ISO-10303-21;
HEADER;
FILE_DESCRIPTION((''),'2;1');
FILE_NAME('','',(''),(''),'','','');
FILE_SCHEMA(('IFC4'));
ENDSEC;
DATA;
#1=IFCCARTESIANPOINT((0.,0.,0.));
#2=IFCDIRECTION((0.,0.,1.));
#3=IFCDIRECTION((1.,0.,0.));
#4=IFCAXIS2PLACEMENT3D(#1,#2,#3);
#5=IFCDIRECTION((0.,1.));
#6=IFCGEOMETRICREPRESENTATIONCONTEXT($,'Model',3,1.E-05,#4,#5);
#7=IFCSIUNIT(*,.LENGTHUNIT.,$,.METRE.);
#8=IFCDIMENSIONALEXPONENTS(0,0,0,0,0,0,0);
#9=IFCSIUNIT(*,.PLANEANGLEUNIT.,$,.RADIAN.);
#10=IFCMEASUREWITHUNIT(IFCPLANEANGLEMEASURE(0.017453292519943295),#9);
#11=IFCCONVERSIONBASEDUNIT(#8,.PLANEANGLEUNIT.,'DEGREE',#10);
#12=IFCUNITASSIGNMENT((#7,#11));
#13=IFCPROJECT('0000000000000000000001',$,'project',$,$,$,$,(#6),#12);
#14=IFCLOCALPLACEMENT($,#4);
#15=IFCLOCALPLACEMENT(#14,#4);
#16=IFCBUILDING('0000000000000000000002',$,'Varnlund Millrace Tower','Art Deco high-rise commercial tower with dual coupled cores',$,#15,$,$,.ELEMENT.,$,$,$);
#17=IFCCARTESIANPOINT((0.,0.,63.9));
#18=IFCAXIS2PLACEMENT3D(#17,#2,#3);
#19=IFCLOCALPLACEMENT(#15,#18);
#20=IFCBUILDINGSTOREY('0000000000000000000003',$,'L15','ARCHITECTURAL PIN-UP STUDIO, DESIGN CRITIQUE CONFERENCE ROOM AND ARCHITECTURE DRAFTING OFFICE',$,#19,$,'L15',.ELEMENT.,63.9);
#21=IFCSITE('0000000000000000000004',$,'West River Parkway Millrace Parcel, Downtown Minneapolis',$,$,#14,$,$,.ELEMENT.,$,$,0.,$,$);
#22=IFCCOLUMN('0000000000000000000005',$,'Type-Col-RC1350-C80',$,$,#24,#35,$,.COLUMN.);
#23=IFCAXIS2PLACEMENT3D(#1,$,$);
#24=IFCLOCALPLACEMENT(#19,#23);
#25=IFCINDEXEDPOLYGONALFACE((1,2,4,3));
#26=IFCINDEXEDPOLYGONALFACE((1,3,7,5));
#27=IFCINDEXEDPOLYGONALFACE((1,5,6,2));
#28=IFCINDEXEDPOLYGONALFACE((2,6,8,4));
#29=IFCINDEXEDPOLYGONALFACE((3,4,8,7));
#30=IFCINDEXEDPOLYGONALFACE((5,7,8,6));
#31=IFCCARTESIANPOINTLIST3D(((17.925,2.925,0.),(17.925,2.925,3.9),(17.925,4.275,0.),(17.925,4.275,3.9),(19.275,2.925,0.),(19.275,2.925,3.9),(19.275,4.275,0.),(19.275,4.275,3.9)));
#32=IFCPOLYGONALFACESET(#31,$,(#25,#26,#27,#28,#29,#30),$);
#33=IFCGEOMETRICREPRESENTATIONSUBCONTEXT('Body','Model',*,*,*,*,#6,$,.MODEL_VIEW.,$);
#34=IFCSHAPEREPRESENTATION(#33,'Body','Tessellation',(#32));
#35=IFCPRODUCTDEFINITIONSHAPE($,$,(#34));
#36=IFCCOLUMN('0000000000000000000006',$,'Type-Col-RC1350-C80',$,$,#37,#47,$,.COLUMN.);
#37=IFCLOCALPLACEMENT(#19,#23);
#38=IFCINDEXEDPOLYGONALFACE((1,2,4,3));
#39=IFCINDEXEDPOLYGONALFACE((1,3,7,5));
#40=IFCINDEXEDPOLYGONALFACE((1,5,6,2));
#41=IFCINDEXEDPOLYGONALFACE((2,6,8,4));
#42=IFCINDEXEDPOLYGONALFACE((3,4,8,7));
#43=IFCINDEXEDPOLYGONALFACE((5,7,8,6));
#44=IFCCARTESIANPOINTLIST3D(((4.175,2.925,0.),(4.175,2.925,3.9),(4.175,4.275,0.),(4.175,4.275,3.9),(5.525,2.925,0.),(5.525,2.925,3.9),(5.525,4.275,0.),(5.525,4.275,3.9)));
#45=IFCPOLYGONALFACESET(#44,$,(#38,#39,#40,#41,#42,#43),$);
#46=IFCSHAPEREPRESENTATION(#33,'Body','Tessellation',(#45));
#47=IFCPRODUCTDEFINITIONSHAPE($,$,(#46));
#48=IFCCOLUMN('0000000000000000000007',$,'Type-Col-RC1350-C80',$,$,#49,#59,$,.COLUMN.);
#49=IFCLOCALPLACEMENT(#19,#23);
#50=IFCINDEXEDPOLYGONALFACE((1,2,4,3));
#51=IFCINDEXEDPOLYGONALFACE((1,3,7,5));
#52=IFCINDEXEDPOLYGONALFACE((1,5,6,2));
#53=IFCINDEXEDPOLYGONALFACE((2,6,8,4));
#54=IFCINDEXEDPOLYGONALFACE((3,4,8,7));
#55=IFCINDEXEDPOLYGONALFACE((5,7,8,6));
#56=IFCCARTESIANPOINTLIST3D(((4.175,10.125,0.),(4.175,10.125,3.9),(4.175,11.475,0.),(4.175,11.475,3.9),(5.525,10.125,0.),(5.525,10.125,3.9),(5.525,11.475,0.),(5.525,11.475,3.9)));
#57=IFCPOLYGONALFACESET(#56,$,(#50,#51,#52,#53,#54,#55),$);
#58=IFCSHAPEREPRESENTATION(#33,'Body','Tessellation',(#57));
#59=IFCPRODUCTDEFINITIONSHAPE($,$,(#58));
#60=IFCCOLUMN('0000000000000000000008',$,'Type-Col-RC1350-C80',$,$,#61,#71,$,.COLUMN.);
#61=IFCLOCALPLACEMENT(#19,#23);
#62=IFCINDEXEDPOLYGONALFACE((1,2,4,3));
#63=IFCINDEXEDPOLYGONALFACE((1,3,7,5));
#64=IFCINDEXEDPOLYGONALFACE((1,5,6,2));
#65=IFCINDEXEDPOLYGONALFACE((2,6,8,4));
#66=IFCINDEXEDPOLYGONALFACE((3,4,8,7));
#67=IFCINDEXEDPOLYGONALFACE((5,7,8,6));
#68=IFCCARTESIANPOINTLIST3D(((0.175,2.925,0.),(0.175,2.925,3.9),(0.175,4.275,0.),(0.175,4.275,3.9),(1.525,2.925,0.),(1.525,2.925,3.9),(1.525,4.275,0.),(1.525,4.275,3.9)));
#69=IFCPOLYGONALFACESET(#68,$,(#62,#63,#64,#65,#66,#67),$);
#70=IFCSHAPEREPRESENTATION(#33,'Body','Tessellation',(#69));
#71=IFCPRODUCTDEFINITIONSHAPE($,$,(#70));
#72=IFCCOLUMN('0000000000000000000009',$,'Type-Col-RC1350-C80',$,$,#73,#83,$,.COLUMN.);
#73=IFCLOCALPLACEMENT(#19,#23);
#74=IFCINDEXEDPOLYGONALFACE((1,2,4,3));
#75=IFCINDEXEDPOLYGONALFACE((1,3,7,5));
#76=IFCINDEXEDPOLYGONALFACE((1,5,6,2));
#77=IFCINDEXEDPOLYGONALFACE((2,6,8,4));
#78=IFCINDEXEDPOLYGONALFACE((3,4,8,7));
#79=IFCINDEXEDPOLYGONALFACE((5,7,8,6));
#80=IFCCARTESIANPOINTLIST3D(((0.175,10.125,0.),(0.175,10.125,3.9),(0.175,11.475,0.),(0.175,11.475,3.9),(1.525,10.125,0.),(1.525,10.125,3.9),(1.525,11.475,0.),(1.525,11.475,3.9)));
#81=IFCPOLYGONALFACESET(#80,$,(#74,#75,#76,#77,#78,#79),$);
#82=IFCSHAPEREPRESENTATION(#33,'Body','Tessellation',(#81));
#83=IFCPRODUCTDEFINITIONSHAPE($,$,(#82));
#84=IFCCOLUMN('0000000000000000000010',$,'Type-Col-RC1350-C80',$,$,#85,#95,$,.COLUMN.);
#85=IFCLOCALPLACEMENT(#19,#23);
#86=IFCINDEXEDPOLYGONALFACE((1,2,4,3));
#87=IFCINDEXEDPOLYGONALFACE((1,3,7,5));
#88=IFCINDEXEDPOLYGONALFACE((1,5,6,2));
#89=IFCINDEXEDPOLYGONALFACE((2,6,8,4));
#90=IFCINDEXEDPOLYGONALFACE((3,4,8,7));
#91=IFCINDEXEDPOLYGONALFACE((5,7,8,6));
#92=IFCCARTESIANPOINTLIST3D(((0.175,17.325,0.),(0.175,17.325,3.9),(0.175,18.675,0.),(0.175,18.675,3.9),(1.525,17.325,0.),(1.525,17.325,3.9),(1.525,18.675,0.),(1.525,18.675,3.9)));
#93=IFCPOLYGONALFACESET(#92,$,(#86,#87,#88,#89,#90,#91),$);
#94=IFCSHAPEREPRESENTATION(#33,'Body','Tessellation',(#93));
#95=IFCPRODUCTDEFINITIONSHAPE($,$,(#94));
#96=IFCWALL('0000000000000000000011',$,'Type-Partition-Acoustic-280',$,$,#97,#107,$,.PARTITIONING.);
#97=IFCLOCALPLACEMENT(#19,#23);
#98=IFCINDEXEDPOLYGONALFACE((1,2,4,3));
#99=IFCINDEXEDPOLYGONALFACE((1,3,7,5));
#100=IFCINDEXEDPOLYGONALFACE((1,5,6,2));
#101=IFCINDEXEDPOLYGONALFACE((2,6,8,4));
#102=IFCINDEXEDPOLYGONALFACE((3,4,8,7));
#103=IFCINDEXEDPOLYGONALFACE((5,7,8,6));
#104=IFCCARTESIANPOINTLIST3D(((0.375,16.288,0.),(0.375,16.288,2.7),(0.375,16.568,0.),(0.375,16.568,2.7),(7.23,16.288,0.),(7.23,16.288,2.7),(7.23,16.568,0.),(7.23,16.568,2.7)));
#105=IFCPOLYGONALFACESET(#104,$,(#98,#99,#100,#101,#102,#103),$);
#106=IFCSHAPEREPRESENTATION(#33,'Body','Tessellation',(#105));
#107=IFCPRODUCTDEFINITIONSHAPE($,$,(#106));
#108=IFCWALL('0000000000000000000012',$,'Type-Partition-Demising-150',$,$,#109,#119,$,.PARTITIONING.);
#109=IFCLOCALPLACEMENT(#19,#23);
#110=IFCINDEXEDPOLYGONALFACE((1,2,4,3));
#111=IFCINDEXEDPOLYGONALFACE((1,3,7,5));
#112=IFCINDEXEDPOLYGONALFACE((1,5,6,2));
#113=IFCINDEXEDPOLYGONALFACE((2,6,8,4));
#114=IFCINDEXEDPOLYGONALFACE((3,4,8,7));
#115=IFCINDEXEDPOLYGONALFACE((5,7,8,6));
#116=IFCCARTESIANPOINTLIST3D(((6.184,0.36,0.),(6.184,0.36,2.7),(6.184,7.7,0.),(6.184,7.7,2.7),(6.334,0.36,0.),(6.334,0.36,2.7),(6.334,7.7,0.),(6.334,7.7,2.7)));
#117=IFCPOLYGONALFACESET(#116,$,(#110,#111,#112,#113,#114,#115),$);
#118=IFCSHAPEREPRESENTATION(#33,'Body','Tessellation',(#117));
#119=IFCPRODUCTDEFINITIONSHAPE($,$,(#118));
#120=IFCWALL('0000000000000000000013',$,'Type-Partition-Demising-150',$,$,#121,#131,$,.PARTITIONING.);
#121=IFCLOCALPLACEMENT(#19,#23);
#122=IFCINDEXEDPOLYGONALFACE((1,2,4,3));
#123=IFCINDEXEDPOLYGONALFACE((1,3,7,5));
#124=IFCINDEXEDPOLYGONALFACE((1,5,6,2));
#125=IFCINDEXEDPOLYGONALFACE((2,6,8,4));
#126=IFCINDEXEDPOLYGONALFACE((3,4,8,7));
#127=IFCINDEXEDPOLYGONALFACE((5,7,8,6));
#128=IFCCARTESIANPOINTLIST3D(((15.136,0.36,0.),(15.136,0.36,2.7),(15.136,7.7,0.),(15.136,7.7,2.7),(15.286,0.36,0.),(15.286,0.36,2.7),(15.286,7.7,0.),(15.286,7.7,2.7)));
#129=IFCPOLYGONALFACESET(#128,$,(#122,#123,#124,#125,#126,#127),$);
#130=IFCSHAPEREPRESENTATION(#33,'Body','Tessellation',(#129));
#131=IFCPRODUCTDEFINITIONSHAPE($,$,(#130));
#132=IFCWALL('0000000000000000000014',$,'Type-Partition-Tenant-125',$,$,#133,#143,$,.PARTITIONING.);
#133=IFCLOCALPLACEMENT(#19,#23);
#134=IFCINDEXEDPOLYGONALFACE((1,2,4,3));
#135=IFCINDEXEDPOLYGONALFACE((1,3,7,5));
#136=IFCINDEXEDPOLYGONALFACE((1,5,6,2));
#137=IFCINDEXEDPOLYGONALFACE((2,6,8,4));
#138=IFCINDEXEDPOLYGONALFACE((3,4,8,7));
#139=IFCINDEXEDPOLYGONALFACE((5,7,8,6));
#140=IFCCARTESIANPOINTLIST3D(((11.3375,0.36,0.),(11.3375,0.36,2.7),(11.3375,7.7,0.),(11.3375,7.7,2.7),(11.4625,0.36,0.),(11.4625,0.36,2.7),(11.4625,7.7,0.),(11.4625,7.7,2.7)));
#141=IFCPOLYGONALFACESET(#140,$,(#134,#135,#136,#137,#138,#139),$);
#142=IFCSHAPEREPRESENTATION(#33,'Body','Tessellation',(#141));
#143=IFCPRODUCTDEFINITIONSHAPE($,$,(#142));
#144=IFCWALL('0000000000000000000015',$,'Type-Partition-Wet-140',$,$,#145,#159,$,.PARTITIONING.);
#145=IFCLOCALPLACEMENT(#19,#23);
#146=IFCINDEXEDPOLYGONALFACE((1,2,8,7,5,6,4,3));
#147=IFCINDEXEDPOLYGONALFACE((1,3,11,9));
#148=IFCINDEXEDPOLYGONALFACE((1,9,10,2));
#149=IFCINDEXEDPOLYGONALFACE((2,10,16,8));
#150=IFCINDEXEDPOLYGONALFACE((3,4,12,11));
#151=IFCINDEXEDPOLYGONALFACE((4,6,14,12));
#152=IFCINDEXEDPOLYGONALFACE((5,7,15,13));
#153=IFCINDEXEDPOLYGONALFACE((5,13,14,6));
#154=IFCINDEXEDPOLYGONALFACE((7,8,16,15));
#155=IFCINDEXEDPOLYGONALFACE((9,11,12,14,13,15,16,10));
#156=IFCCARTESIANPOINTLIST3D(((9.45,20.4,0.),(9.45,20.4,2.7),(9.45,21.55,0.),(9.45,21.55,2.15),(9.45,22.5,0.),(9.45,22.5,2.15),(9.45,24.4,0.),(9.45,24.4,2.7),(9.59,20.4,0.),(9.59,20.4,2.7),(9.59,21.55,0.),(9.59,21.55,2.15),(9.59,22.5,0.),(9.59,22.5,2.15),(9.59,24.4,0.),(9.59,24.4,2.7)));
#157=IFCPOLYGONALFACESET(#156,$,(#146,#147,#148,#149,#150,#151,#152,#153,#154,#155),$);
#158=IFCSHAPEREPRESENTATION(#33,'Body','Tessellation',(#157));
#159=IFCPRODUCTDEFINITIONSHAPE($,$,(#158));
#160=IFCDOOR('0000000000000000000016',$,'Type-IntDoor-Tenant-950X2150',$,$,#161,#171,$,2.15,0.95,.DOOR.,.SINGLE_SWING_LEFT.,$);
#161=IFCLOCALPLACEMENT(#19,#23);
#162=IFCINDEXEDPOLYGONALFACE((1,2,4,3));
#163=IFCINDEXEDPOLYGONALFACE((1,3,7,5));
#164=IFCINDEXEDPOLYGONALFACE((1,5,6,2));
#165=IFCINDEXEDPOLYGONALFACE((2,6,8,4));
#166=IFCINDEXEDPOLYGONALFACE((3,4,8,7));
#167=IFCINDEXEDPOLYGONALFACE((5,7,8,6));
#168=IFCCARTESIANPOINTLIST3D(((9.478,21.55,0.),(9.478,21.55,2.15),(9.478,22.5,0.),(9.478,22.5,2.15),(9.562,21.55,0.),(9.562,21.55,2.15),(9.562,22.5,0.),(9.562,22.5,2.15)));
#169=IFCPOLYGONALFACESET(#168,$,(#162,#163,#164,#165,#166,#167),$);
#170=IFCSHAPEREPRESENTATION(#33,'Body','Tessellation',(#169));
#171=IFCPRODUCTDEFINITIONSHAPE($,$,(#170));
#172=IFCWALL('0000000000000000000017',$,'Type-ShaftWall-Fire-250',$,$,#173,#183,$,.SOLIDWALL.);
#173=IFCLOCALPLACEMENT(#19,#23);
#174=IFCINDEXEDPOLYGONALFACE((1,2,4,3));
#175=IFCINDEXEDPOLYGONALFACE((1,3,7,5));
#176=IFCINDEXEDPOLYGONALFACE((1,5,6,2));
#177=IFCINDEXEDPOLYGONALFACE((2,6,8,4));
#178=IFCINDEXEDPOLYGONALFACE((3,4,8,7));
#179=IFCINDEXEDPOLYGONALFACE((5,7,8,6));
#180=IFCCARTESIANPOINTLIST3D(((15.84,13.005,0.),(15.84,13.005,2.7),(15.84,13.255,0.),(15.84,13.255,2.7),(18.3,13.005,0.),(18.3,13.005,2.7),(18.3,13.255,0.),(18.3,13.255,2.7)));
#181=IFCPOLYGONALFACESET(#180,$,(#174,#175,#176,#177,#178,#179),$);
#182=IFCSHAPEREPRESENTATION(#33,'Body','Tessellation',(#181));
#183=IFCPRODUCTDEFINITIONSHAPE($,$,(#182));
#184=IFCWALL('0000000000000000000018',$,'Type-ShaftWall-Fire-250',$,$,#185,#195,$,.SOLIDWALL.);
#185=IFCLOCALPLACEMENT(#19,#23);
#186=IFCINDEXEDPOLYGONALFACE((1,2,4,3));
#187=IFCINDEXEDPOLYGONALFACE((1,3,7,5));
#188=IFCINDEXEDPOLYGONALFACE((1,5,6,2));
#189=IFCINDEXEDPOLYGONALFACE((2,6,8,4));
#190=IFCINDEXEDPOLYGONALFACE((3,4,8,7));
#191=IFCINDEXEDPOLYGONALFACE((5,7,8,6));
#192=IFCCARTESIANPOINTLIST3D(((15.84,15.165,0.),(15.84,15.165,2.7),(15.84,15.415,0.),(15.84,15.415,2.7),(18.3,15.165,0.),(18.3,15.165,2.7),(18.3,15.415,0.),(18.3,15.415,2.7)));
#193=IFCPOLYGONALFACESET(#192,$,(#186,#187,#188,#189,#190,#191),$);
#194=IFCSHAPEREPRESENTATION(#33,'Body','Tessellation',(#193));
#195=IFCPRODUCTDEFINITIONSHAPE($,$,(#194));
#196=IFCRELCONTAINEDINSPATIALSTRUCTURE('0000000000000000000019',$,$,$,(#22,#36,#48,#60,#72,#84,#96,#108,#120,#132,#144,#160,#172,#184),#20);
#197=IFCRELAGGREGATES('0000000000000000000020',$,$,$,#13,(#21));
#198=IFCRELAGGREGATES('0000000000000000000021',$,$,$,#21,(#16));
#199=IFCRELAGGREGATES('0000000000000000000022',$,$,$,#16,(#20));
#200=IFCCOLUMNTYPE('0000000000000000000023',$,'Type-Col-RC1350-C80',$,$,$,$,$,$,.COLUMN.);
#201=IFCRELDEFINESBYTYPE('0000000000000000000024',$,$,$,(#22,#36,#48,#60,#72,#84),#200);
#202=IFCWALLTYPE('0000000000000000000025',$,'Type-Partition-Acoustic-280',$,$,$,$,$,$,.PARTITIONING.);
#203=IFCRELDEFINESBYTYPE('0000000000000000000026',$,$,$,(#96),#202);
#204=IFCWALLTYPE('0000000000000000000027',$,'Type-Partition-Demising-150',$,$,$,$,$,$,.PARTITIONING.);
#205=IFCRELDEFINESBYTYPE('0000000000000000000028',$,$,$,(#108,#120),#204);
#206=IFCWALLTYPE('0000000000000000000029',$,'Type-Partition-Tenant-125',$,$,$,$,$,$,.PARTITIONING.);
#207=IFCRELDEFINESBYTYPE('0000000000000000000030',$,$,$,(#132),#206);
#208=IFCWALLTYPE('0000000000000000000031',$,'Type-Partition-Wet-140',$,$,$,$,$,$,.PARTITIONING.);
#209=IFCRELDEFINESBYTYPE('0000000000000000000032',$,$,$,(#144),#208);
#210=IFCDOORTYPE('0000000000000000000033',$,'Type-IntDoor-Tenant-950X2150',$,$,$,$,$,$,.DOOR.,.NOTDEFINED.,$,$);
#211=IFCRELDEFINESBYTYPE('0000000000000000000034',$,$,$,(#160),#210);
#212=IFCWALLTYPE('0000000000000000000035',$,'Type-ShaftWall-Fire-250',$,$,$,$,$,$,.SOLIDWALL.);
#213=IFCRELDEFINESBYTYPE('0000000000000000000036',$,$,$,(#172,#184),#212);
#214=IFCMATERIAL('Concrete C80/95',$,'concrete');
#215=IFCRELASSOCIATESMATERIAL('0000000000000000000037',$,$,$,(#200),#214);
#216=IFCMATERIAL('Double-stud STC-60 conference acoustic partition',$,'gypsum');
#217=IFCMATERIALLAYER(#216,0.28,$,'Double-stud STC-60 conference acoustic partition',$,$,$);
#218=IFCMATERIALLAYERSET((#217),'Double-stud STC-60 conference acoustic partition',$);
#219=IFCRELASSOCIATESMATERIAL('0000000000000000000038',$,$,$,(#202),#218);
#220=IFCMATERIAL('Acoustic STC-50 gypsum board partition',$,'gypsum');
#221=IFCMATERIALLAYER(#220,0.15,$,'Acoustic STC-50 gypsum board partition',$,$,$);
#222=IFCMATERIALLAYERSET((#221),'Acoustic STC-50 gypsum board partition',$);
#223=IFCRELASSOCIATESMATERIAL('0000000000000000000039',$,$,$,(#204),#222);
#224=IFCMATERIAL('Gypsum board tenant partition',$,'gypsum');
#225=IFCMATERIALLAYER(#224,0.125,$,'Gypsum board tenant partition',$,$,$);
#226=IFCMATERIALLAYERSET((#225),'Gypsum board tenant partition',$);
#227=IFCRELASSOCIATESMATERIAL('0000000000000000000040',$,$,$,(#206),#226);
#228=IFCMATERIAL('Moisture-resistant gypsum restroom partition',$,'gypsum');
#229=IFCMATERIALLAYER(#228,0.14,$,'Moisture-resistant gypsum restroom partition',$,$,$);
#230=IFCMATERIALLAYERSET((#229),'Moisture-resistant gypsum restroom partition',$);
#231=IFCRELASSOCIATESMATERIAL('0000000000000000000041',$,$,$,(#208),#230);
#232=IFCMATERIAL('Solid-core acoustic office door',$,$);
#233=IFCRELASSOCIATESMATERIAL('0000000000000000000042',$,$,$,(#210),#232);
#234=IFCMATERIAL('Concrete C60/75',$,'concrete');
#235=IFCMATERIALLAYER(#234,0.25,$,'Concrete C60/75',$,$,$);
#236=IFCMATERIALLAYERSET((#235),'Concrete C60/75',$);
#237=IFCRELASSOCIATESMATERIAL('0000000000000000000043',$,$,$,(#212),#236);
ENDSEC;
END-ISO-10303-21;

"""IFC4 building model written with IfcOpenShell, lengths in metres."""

from ifc_helpers import new_model, entity, si_unit, converted_unit, direction, frame, origin_with_axes, origin_2d_with_axis, place, context, subcontext, project, spatial, polyline, rectangle, outline, extrude, material, layer, layer_set, material_profile, profile_set, type_object, element, fill, save


model = new_model("IFC4")

# Units and contexts
model_context = context("Model", 3, precision=1e-05, world=origin_with_axes(), true_north=direction((0.0, 1.0)))
body_context = subcontext(model_context, "Body", "Model", "MODEL_VIEW")
ifc_project = project(units=[si_unit("LENGTHUNIT", "METRE"), converted_unit("PLANEANGLEUNIT", "DEGREE", entity("IfcPlaneAngleMeasure", 0.017453292519943295), si_unit("PLANEANGLEUNIT", "RADIAN"), dimensions=[0, 0, 0, 0, 0, 0, 0])], contexts=[model_context])

# Site, building, storey
site_placement = place(None, origin_with_axes())
site = spatial("IfcSite", under=ifc_project, at=site_placement, Name="West River Parkway Millrace Parcel, Downtown Minneapolis", CompositionType="ELEMENT", RefElevation=0.0)
building_placement = place(site_placement, origin_with_axes())
building = spatial("IfcBuilding", under=site, at=building_placement, Name="Varnlund Millrace Tower", Description="Art Deco high-rise commercial tower with dual coupled cores", CompositionType="ELEMENT")
storey_placement = place(building_placement, frame((0.0, 0.0, 63.9), z_axis=(0.0, 0.0, 1.0), x_axis=(1.0, 0.0, 0.0)))
storey = spatial("IfcBuildingStorey", under=building, at=storey_placement, Name="L15", Description="ARCHITECTURAL PIN-UP STUDIO, DESIGN CRITIQUE CONFERENCE ROOM AND ARCHITECTURE DRAFTING OFFICE", LongName="L15", CompositionType="ELEMENT", Elevation=63.9)

# Columns
ifc_material_1 = material(Name="Concrete C80/95", Category="concrete")
ifc_material_profile = material_profile(ifc_material_1, rectangle(XDim=1.35, YDim=1.35, at=origin_2d_with_axis()), Name="Concrete C80/95")
ifc_profile_set = profile_set([ifc_material_profile], Name="Concrete C80/95")
column_type = type_object("IfcColumnType", Name="Type-Col-RC1350-C80", PredefinedType="COLUMN", material=ifc_profile_set)
for number, where, z_axis, x_axis, name in (
    (1, (18.6, 3.6, 0.0), (0.0, 0.0, 1.0), (1.0, 0.0, 0.0), "Type-Col-RC1350-C80"),
    (2, (4.85, 3.6, 0.0), (0.0, 0.0, 1.0), (1.0, 0.0, 0.0), "Type-Col-RC1350-C80"),
    (3, (4.85, 10.8, 0.0), (0.0, 0.0, 1.0), (1.0, 0.0, 0.0), "Type-Col-RC1350-C80"),
    (4, (0.85, 3.6, 0.0), (0.0, 0.0, 1.0), (1.0, 0.0, 0.0), "Type-Col-RC1350-C80"),
    (5, (0.85, 10.8, 0.0), (0.0, 0.0, 1.0), (1.0, 0.0, 0.0), "Type-Col-RC1350-C80"),
    (6, (0.85, 18.0, 0.0), (0.0, 0.0, 1.0), (1.0, 0.0, 0.0), "Type-Col-RC1350-C80"),
):
    element("IfcColumn", number, at=place(storey_placement, frame(where, z_axis=z_axis, x_axis=x_axis)), inside=storey, type_object=column_type, Name=name, PredefinedType="COLUMN", context=body_context, shape_type="SweptSolid", body=[
        extrude(rectangle(XDim=1.35, YDim=1.35, at=origin_2d_with_axis()), origin_with_axes(), (0.0, 0.0, 1.0), 3.9),
    ])

# Wall
ifc_material_2 = material(Name="Double-stud STC-60 conference acoustic partition", Category="gypsum")
ifc_layer_1 = layer(ifc_material_2, 0.28, Name="Double-stud STC-60 conference acoustic partition")
ifc_layer_set_1 = layer_set([ifc_layer_1], Name="Double-stud STC-60 conference acoustic partition")
wall_type_1 = type_object("IfcWallType", Name="Type-Partition-Acoustic-280", PredefinedType="PARTITIONING", material=ifc_layer_set_1)
wall_1_placement = place(storey_placement, frame((0.375, 16.428, 0.0), z_axis=(0.0, 0.0, 1.0), x_axis=(1.0, 0.0, 0.0)))
element("IfcWall", 7, at=wall_1_placement, inside=storey, type_object=wall_type_1, Name="Type-Partition-Acoustic-280", PredefinedType="PARTITIONING", context=body_context, shape_type="SweptSolid", body=[
    extrude(outline(polyline([(0.0, -0.14), (6.855, -0.14), (6.855, 0.14), (0.0, 0.14), (0.0, -0.14)])), origin_with_axes(), (0.0, 0.0, 1.0), 2.7),
])

# Walls
ifc_material_3 = material(Name="Acoustic STC-50 gypsum board partition", Category="gypsum")
ifc_layer_2 = layer(ifc_material_3, 0.15, Name="Acoustic STC-50 gypsum board partition")
ifc_layer_set_2 = layer_set([ifc_layer_2], Name="Acoustic STC-50 gypsum board partition")
wall_type_2 = type_object("IfcWallType", Name="Type-Partition-Demising-150", PredefinedType="PARTITIONING", material=ifc_layer_set_2)
for number, where, z_axis, x_axis, name in (
    (8, (6.259, 0.36, 0.0), (0.0, 0.0, 1.0), (0.0, 1.0, 0.0), "Type-Partition-Demising-150"),
    (9, (15.211, 0.36, 0.0), (0.0, 0.0, 1.0), (0.0, 1.0, 0.0), "Type-Partition-Demising-150"),
):
    element("IfcWall", number, at=place(storey_placement, frame(where, z_axis=z_axis, x_axis=x_axis)), inside=storey, type_object=wall_type_2, Name=name, PredefinedType="PARTITIONING", context=body_context, shape_type="SweptSolid", body=[
        extrude(outline(polyline([(0.0, -0.075), (7.34, -0.075), (7.34, 0.075), (0.0, 0.075), (0.0, -0.075)])), origin_with_axes(), (0.0, 0.0, 1.0), 2.7),
    ])
ifc_material_4 = material(Name="Gypsum board tenant partition", Category="gypsum")
ifc_layer_3 = layer(ifc_material_4, 0.125, Name="Gypsum board tenant partition")
ifc_layer_set_3 = layer_set([ifc_layer_3], Name="Gypsum board tenant partition")
wall_type_3 = type_object("IfcWallType", Name="Type-Partition-Tenant-125", PredefinedType="PARTITIONING", material=ifc_layer_set_3)
wall_2_placement = place(storey_placement, frame((11.4, 0.36, 0.0), z_axis=(0.0, 0.0, 1.0), x_axis=(0.0, 1.0, 0.0)))
element("IfcWall", 10, at=wall_2_placement, inside=storey, type_object=wall_type_3, Name="Type-Partition-Tenant-125", PredefinedType="PARTITIONING", context=body_context, shape_type="SweptSolid", body=[
    extrude(outline(polyline([(0.0, -0.0625), (7.34, -0.0625), (7.34, 0.0625), (0.0, 0.0625), (0.0, -0.0625)])), origin_with_axes(), (0.0, 0.0, 1.0), 2.7),
])

# Wall, opening, door
ifc_material_5 = material(Name="Moisture-resistant gypsum restroom partition", Category="gypsum")
ifc_layer_4 = layer(ifc_material_5, 0.14, Name="Moisture-resistant gypsum restroom partition")
ifc_layer_set_4 = layer_set([ifc_layer_4], Name="Moisture-resistant gypsum restroom partition")
wall_type_4 = type_object("IfcWallType", Name="Type-Partition-Wet-140", PredefinedType="PARTITIONING", material=ifc_layer_set_4)
wall_3_placement = place(storey_placement, frame((9.52, 20.4, 0.0), z_axis=(0.0, 0.0, 1.0), x_axis=(0.0, 1.0, 0.0)))
wall_3 = element("IfcWall", 11, at=wall_3_placement, inside=storey, type_object=wall_type_4, Name="Type-Partition-Wet-140", PredefinedType="PARTITIONING", context=body_context, shape_type="SweptSolid", body=[
    extrude(outline(polyline([(0.0, -0.07), (4.0, -0.07), (4.0, 0.07), (0.0, 0.07), (0.0, -0.07)])), origin_with_axes(), (0.0, 0.0, 1.0), 2.7),
])
opening_1_placement = place(wall_3_placement, frame((1.625, 0.0, 0.0), z_axis=(0.0, 0.0, 1.0), x_axis=(1.0, 0.0, 0.0)))
opening_1 = element("IfcOpeningElement", 12, at=opening_1_placement, cuts=wall_3, PredefinedType="OPENING", context=body_context, shape_type="SweptSolid", body=[
    extrude(rectangle(XDim=0.95, YDim=0.16, at=origin_2d_with_axis()), origin_with_axes(), (0.0, 0.0, 1.0), 2.15),
])
ifc_material_6 = material(Name="Solid-core acoustic office door")
door_type_1 = type_object("IfcDoorType", Name="Type-IntDoor-Tenant-950X2150", OperationType="NOTDEFINED", PredefinedType="DOOR", material=ifc_material_6)
door_1_placement = place(wall_3_placement, frame((1.625, 0.0, 0.0), z_axis=(0.0, 0.0, 1.0), x_axis=(1.0, 0.0, 0.0)))
door_1 = element("IfcDoor", 13, at=door_1_placement, inside=storey, type_object=door_type_1, Name="Type-IntDoor-Tenant-950X2150", OperationType="SINGLE_SWING_LEFT", OverallHeight=2.15, OverallWidth=0.95, PredefinedType="DOOR", context=body_context, shape_type="SweptSolid", body=[
    extrude(rectangle(XDim=0.95, YDim=0.084, at=origin_2d_with_axis()), origin_with_axes(), (0.0, 0.0, 1.0), 2.15),
])
fill(opening_1, door_1)

# Walls
ifc_material_7 = material(Name="Concrete C60/75", Category="concrete")
ifc_layer_5 = layer(ifc_material_7, 0.25, Name="Concrete C60/75")
ifc_layer_set_5 = layer_set([ifc_layer_5], Name="Concrete C60/75")
wall_type_5 = type_object("IfcWallType", Name="Type-ShaftWall-Fire-250", PredefinedType="SOLIDWALL", material=ifc_layer_set_5)
for number, where, z_axis, x_axis, name in (
    (14, (15.84, 13.13, 0.0), (0.0, 0.0, 1.0), (1.0, 0.0, 0.0), "Type-ShaftWall-Fire-250"),
    (15, (15.84, 15.29, 0.0), (0.0, 0.0, 1.0), (1.0, 0.0, 0.0), "Type-ShaftWall-Fire-250"),
):
    element("IfcWall", number, at=place(storey_placement, frame(where, z_axis=z_axis, x_axis=x_axis)), inside=storey, type_object=wall_type_5, Name=name, PredefinedType="SOLIDWALL", context=body_context, shape_type="SweptSolid", body=[
        extrude(outline(polyline([(0.0, -0.125), (2.46, -0.125), (2.46, 0.125), (0.0, 0.125), (0.0, -0.125)])), origin_with_axes(), (0.0, 0.0, 1.0), 2.7),
    ])

save(model, "model.ifc")
